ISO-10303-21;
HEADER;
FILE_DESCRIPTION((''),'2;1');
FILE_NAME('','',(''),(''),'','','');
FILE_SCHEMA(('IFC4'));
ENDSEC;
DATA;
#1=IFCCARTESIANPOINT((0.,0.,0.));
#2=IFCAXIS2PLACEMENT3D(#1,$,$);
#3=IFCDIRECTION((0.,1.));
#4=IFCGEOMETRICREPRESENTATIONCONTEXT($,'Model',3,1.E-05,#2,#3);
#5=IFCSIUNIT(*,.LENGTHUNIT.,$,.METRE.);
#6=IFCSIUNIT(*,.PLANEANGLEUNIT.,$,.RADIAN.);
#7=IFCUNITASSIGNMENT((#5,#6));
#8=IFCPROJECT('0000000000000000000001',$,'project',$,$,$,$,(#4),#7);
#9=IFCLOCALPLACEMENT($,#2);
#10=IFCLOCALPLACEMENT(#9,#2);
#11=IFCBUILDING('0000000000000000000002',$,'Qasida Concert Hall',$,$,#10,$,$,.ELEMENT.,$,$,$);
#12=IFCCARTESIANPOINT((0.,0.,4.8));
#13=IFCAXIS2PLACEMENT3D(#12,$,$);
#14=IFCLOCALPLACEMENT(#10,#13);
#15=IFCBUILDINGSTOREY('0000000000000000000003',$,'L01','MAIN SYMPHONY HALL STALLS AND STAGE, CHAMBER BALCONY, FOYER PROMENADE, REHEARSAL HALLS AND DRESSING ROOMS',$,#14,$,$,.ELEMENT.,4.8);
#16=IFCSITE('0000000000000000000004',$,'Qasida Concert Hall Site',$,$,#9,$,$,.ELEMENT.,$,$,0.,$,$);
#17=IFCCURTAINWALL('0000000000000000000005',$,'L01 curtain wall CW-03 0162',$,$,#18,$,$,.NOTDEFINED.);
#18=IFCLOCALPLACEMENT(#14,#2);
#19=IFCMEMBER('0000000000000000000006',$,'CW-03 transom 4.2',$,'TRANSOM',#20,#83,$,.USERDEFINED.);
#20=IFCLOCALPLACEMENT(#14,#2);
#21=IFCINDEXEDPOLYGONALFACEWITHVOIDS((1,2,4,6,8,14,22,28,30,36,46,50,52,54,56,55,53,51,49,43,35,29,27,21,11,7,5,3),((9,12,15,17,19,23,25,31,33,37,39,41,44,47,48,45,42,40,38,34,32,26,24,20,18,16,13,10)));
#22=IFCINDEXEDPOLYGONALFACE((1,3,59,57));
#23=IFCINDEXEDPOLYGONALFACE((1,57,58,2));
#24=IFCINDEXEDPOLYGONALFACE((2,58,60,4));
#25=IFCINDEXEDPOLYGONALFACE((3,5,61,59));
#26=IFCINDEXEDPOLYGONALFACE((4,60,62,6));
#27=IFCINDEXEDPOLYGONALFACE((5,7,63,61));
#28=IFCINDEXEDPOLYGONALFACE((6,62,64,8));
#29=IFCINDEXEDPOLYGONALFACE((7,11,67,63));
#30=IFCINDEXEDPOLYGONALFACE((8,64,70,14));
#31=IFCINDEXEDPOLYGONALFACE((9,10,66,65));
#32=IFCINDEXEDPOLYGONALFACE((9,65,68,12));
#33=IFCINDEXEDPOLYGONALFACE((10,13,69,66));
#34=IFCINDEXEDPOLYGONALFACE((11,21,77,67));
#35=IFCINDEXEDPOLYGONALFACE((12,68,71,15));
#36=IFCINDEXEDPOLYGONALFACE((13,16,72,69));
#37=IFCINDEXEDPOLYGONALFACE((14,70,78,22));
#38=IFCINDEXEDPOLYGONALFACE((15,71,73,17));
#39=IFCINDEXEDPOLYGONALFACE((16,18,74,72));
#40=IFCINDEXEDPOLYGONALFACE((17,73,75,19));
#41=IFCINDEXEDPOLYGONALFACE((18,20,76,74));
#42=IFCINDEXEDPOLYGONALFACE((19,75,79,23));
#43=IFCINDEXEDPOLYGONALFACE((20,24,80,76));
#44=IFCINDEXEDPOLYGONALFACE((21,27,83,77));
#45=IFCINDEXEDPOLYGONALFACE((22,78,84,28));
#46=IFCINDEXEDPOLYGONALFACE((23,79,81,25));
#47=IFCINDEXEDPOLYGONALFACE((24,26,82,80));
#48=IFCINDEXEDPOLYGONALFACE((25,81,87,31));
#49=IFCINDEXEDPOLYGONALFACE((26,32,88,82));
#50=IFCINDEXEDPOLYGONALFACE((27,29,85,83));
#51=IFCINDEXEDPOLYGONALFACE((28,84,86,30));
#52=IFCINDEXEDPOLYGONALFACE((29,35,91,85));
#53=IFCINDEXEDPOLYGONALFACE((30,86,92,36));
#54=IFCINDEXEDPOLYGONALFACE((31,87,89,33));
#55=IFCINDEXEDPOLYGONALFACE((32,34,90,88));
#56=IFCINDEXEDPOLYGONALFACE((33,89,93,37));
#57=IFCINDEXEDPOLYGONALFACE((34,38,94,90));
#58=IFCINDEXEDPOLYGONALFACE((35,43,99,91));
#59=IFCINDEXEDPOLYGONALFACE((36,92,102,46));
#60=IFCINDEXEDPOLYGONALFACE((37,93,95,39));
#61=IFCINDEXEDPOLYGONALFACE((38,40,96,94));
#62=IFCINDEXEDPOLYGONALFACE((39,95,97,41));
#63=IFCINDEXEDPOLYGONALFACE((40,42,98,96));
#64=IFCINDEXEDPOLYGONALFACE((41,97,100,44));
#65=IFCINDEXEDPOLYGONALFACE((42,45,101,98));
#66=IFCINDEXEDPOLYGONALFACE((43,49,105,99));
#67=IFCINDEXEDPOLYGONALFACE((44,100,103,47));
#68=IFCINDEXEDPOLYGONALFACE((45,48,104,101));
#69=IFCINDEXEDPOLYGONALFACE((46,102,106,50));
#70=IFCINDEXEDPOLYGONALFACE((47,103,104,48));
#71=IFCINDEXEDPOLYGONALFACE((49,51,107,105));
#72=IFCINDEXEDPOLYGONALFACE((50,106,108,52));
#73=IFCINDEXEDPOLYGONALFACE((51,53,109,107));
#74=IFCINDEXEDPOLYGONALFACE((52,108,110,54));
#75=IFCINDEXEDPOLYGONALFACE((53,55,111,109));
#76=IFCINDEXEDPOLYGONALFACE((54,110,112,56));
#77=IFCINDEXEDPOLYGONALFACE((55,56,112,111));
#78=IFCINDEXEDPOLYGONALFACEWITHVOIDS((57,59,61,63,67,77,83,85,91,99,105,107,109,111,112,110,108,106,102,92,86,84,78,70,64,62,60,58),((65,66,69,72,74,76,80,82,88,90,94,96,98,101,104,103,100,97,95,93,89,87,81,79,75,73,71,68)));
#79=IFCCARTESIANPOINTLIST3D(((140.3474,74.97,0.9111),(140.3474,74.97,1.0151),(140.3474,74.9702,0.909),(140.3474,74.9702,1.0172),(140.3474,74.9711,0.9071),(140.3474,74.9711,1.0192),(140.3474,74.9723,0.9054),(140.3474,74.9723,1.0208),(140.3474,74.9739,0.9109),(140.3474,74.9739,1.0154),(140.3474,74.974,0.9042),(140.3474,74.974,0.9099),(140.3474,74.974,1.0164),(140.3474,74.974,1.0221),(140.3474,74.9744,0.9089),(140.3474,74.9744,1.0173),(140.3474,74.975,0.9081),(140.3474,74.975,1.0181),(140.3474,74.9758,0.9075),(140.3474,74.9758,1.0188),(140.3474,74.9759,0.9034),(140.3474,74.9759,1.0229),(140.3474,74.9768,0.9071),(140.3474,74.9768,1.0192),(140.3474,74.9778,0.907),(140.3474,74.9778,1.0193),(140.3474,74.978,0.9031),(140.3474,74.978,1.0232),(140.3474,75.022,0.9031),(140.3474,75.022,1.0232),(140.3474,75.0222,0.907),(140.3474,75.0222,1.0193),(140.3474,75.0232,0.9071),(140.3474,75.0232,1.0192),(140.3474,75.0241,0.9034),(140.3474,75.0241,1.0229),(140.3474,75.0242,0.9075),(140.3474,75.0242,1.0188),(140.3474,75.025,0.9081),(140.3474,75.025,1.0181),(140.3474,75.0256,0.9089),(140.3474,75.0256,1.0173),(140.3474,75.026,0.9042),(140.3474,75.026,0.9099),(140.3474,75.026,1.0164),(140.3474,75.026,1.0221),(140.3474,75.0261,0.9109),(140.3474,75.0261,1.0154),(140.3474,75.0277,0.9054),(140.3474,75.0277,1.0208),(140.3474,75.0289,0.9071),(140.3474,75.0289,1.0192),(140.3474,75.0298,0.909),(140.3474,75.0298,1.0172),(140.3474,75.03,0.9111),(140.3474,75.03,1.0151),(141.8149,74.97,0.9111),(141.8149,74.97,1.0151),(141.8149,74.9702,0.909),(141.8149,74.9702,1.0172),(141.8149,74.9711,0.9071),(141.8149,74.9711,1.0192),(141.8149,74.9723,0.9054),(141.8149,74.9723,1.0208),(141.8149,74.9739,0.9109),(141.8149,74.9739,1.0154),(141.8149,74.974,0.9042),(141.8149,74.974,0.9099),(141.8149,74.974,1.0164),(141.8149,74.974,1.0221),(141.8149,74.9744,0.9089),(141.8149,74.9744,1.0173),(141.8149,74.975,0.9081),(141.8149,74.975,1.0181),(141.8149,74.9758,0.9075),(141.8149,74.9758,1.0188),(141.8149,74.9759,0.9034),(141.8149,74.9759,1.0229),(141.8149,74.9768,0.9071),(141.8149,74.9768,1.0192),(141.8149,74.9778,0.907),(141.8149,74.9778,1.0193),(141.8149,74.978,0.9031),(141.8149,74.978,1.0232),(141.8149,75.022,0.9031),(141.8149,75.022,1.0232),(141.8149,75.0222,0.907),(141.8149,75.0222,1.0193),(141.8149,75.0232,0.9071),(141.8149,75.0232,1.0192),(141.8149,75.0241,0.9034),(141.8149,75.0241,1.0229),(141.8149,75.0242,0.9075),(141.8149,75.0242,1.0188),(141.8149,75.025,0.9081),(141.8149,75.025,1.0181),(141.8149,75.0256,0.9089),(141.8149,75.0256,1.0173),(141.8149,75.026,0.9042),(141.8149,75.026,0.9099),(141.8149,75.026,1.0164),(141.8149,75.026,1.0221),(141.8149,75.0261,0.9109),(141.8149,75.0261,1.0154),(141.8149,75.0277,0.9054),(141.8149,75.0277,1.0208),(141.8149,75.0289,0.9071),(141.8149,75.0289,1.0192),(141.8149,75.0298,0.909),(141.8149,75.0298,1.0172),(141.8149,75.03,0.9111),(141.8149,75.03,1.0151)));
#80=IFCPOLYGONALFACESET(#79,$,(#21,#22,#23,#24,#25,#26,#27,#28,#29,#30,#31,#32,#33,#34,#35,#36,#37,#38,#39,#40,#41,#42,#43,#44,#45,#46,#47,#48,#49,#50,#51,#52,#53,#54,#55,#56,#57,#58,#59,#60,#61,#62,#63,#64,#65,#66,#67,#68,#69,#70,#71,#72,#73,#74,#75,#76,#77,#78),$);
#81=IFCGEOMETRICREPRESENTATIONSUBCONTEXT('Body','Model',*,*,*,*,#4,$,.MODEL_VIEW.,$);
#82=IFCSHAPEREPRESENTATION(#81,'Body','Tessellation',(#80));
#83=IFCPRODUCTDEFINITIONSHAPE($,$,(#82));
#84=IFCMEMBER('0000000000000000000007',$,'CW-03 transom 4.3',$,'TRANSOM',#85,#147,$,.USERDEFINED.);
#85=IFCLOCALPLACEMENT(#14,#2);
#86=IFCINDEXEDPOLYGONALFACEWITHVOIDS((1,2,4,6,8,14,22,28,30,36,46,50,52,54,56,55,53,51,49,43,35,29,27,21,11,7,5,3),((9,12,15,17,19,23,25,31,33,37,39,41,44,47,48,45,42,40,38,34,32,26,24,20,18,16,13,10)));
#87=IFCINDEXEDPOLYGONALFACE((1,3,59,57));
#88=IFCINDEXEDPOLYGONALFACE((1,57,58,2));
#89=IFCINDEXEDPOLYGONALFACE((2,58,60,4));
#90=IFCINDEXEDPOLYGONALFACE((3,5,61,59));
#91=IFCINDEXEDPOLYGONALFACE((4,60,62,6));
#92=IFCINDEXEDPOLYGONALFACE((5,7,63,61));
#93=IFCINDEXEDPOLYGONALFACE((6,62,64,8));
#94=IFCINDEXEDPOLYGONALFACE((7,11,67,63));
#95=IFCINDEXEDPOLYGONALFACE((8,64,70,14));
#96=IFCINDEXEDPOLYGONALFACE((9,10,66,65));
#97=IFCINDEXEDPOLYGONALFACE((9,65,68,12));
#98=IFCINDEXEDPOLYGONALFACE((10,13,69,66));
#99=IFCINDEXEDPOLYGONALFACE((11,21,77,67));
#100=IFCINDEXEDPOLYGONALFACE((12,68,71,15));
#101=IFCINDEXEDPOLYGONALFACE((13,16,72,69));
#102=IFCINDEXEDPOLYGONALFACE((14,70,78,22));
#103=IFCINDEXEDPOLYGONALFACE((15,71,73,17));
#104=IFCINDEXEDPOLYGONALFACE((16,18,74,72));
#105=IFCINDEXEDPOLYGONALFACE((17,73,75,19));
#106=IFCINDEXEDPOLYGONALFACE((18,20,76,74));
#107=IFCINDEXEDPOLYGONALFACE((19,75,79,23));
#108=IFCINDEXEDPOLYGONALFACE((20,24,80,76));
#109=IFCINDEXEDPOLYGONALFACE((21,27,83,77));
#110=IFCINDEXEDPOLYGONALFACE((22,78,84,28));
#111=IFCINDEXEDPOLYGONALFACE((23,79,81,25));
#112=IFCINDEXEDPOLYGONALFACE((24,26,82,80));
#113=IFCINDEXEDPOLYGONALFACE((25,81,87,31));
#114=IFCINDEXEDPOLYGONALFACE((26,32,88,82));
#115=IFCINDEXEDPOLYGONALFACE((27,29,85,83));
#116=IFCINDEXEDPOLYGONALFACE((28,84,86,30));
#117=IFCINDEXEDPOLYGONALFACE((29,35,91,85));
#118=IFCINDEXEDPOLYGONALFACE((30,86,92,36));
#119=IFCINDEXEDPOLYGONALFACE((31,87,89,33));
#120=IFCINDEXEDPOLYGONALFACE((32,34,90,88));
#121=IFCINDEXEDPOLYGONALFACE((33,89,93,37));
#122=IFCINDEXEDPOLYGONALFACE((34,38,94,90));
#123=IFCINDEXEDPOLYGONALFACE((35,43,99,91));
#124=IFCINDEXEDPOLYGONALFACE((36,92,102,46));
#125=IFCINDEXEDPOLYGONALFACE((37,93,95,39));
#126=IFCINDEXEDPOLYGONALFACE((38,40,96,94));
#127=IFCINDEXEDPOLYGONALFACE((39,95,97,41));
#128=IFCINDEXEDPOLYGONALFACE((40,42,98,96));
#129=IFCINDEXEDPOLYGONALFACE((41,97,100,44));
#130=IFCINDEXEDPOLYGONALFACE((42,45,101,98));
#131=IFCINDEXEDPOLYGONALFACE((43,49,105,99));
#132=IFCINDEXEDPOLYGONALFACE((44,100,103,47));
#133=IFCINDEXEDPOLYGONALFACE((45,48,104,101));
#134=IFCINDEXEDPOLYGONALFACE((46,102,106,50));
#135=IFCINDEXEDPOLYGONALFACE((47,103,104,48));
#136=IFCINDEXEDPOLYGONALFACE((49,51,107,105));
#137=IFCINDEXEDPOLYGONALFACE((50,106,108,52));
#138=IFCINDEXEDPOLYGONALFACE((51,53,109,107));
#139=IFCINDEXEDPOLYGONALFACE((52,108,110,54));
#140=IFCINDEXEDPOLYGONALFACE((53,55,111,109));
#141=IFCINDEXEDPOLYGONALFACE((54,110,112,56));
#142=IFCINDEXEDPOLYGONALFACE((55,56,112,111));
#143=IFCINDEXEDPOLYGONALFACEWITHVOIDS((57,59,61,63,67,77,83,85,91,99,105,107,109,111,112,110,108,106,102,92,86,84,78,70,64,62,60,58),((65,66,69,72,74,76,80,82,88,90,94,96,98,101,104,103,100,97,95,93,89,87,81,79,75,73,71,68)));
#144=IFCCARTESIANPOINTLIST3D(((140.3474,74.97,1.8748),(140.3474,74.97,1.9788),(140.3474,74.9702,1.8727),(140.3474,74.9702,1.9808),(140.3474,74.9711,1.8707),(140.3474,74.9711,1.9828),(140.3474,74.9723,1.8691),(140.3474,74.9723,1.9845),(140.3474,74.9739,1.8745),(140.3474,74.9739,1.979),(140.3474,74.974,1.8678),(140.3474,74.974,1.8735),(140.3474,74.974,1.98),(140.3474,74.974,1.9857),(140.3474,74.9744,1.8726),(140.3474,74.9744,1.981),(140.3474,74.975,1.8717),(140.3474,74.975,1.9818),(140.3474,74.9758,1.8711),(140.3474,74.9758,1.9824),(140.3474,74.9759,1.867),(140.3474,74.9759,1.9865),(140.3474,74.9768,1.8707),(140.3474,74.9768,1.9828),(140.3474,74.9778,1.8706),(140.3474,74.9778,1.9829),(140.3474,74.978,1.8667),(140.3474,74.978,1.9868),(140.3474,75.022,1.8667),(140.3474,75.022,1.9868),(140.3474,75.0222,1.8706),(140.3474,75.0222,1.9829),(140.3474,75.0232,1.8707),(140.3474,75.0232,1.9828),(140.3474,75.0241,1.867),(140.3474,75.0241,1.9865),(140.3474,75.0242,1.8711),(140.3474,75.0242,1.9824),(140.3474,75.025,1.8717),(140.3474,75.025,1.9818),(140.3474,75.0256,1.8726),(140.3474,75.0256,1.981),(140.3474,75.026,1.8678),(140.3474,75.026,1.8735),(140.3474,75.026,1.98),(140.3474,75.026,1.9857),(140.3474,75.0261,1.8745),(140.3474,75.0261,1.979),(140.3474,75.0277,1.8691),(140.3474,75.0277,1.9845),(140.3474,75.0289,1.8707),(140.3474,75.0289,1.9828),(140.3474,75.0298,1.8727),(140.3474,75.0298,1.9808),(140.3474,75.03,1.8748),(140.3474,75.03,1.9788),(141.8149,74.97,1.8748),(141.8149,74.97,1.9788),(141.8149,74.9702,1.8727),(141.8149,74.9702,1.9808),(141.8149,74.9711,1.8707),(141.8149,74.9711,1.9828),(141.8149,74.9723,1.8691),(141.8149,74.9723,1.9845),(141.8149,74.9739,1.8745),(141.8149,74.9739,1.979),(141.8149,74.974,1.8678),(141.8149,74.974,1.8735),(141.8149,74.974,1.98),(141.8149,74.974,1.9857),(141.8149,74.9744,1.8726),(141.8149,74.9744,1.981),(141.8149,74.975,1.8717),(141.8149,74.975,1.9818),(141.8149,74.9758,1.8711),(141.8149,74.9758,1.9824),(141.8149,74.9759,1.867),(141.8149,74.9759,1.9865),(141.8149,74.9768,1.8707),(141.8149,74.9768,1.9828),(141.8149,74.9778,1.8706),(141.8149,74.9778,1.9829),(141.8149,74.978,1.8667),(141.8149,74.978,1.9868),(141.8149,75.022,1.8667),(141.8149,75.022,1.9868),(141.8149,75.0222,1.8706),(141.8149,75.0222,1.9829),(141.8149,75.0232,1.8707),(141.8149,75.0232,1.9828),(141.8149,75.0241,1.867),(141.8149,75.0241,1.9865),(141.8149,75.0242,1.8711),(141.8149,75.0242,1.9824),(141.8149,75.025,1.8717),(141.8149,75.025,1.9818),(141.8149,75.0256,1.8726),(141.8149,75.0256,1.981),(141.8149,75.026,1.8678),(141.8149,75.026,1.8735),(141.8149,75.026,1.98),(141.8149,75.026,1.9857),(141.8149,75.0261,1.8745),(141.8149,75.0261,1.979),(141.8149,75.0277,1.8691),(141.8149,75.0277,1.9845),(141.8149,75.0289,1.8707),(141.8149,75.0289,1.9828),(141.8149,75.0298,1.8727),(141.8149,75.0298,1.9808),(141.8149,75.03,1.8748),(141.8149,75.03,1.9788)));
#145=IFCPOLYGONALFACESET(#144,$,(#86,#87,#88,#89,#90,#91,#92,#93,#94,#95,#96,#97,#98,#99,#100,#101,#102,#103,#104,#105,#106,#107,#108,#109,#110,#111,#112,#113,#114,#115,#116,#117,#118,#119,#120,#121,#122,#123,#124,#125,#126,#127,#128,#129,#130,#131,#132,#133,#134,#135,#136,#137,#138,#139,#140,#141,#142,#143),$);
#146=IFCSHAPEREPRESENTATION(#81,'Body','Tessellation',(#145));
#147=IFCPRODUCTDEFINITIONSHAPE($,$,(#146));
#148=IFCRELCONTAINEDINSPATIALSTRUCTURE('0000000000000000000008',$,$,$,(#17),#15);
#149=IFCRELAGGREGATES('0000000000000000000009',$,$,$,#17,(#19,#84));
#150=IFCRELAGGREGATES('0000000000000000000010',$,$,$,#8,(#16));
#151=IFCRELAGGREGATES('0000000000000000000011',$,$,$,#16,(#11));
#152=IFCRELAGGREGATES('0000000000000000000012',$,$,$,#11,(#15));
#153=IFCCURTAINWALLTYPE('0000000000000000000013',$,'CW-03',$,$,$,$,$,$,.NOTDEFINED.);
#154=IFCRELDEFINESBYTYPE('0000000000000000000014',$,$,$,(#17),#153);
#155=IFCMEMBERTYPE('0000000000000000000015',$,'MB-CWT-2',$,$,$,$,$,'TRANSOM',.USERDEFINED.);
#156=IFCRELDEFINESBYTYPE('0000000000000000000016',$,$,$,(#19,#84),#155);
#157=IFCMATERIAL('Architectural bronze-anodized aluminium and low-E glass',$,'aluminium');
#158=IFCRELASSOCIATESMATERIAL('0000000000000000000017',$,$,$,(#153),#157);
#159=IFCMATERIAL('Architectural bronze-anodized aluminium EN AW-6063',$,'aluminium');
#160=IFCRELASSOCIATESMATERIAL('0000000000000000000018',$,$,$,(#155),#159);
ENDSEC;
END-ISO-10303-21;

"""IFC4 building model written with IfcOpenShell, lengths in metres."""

from ifc_helpers import new_model, si_unit, direction, frame, origin, origin_2d, place, context, subcontext, project, spatial, hollow_rectangle, extrude, material, material_profile, profile_set, type_object, element, aggregate, save


model = new_model("IFC4")

# Units and contexts
model_context = context("Model", 3, precision=1e-05, world=origin(), true_north=direction((0.0, 1.0)))
body_context = subcontext(model_context, "Body", "Model", "MODEL_VIEW")
ifc_project = project(units=[si_unit("LENGTHUNIT", "METRE"), si_unit("PLANEANGLEUNIT", "RADIAN")], contexts=[model_context])

# Site, building, storey
site_placement = place(None, origin())
site = spatial("IfcSite", under=ifc_project, at=site_placement, Name="Qasida Concert Hall Site", CompositionType="ELEMENT", RefElevation=0.0)
building_placement = place(site_placement, origin())
building = spatial("IfcBuilding", under=site, at=building_placement, Name="Qasida Concert Hall", CompositionType="ELEMENT")
storey_placement = place(building_placement, frame((0.0, 0.0, 4.8)))
storey = spatial("IfcBuildingStorey", under=building, at=storey_placement, Name="L01", Description="MAIN SYMPHONY HALL STALLS AND STAGE, CHAMBER BALCONY, FOYER PROMENADE, REHEARSAL HALLS AND DRESSING ROOMS", CompositionType="ELEMENT", Elevation=4.8)

# Curtain wall, members
ifc_material_1 = material(Name="Architectural bronze-anodized aluminium and low-E glass", Category="aluminium")
curtain_wall_type = type_object("IfcCurtainWallType", Name="CW-03", PredefinedType="NOTDEFINED", material=ifc_material_1)
curtain_wall_placement = place(storey_placement, origin())
curtain_wall = element("IfcCurtainWall", 1, at=curtain_wall_placement, inside=storey, type_object=curtain_wall_type, Name="L01 curtain wall CW-03 0162", PredefinedType="NOTDEFINED")
ifc_material_2 = material(Name="Architectural bronze-anodized aluminium EN AW-6063", Category="aluminium")
ifc_material_profile_1 = material_profile(ifc_material_2, hollow_rectangle(XDim=0.0601, YDim=0.1201, WallThickness=0.0039, InnerFilletRadius=0.0039, OuterFilletRadius=0.0081, at=origin_2d()), Name="CWT 120x60x4")
ifc_profile_set_1 = profile_set([ifc_material_profile_1], Name="Architectural bronze-anodized aluminium EN AW-6063")
member_type_1 = type_object("IfcMemberType", Name="MB-CWT-2", ElementType="TRANSOM", PredefinedType="USERDEFINED", material=ifc_profile_set_1)
member_1_placement = place(storey_placement, frame((140.3474, 75.0, 0.9631), z_axis=(1.0, 0.0, 0.0), x_axis=(0.0, 1.0, 0.0)))
member_1 = element("IfcMember", 2, at=member_1_placement, type_object=member_type_1, Name="CW-03 transom 4.2", ObjectType="TRANSOM", PredefinedType="USERDEFINED", context=body_context, shape_type="SweptSolid", body=[
    extrude(hollow_rectangle(XDim=0.0601, YDim=0.1201, WallThickness=0.0039, InnerFilletRadius=0.0039, OuterFilletRadius=0.0081, at=origin_2d()), origin(), (0.0, 0.0, 1.0), 1.4675),
])
member_2_placement = place(storey_placement, frame((140.3474, 75.0, 1.9268), z_axis=(1.0, 0.0, 0.0), x_axis=(0.0, 1.0, 0.0)))
member_2 = element("IfcMember", 3, at=member_2_placement, type_object=member_type_1, Name="CW-03 transom 4.3", ObjectType="TRANSOM", PredefinedType="USERDEFINED", context=body_context, shape_type="SweptSolid", body=[
    extrude(hollow_rectangle(XDim=0.0601, YDim=0.1201, WallThickness=0.0039, InnerFilletRadius=0.0039, OuterFilletRadius=0.0081, at=origin_2d()), origin(), (0.0, 0.0, 1.0), 1.4675),
])
aggregate(curtain_wall, [member_1, member_2])

save(model, "model.ifc")
